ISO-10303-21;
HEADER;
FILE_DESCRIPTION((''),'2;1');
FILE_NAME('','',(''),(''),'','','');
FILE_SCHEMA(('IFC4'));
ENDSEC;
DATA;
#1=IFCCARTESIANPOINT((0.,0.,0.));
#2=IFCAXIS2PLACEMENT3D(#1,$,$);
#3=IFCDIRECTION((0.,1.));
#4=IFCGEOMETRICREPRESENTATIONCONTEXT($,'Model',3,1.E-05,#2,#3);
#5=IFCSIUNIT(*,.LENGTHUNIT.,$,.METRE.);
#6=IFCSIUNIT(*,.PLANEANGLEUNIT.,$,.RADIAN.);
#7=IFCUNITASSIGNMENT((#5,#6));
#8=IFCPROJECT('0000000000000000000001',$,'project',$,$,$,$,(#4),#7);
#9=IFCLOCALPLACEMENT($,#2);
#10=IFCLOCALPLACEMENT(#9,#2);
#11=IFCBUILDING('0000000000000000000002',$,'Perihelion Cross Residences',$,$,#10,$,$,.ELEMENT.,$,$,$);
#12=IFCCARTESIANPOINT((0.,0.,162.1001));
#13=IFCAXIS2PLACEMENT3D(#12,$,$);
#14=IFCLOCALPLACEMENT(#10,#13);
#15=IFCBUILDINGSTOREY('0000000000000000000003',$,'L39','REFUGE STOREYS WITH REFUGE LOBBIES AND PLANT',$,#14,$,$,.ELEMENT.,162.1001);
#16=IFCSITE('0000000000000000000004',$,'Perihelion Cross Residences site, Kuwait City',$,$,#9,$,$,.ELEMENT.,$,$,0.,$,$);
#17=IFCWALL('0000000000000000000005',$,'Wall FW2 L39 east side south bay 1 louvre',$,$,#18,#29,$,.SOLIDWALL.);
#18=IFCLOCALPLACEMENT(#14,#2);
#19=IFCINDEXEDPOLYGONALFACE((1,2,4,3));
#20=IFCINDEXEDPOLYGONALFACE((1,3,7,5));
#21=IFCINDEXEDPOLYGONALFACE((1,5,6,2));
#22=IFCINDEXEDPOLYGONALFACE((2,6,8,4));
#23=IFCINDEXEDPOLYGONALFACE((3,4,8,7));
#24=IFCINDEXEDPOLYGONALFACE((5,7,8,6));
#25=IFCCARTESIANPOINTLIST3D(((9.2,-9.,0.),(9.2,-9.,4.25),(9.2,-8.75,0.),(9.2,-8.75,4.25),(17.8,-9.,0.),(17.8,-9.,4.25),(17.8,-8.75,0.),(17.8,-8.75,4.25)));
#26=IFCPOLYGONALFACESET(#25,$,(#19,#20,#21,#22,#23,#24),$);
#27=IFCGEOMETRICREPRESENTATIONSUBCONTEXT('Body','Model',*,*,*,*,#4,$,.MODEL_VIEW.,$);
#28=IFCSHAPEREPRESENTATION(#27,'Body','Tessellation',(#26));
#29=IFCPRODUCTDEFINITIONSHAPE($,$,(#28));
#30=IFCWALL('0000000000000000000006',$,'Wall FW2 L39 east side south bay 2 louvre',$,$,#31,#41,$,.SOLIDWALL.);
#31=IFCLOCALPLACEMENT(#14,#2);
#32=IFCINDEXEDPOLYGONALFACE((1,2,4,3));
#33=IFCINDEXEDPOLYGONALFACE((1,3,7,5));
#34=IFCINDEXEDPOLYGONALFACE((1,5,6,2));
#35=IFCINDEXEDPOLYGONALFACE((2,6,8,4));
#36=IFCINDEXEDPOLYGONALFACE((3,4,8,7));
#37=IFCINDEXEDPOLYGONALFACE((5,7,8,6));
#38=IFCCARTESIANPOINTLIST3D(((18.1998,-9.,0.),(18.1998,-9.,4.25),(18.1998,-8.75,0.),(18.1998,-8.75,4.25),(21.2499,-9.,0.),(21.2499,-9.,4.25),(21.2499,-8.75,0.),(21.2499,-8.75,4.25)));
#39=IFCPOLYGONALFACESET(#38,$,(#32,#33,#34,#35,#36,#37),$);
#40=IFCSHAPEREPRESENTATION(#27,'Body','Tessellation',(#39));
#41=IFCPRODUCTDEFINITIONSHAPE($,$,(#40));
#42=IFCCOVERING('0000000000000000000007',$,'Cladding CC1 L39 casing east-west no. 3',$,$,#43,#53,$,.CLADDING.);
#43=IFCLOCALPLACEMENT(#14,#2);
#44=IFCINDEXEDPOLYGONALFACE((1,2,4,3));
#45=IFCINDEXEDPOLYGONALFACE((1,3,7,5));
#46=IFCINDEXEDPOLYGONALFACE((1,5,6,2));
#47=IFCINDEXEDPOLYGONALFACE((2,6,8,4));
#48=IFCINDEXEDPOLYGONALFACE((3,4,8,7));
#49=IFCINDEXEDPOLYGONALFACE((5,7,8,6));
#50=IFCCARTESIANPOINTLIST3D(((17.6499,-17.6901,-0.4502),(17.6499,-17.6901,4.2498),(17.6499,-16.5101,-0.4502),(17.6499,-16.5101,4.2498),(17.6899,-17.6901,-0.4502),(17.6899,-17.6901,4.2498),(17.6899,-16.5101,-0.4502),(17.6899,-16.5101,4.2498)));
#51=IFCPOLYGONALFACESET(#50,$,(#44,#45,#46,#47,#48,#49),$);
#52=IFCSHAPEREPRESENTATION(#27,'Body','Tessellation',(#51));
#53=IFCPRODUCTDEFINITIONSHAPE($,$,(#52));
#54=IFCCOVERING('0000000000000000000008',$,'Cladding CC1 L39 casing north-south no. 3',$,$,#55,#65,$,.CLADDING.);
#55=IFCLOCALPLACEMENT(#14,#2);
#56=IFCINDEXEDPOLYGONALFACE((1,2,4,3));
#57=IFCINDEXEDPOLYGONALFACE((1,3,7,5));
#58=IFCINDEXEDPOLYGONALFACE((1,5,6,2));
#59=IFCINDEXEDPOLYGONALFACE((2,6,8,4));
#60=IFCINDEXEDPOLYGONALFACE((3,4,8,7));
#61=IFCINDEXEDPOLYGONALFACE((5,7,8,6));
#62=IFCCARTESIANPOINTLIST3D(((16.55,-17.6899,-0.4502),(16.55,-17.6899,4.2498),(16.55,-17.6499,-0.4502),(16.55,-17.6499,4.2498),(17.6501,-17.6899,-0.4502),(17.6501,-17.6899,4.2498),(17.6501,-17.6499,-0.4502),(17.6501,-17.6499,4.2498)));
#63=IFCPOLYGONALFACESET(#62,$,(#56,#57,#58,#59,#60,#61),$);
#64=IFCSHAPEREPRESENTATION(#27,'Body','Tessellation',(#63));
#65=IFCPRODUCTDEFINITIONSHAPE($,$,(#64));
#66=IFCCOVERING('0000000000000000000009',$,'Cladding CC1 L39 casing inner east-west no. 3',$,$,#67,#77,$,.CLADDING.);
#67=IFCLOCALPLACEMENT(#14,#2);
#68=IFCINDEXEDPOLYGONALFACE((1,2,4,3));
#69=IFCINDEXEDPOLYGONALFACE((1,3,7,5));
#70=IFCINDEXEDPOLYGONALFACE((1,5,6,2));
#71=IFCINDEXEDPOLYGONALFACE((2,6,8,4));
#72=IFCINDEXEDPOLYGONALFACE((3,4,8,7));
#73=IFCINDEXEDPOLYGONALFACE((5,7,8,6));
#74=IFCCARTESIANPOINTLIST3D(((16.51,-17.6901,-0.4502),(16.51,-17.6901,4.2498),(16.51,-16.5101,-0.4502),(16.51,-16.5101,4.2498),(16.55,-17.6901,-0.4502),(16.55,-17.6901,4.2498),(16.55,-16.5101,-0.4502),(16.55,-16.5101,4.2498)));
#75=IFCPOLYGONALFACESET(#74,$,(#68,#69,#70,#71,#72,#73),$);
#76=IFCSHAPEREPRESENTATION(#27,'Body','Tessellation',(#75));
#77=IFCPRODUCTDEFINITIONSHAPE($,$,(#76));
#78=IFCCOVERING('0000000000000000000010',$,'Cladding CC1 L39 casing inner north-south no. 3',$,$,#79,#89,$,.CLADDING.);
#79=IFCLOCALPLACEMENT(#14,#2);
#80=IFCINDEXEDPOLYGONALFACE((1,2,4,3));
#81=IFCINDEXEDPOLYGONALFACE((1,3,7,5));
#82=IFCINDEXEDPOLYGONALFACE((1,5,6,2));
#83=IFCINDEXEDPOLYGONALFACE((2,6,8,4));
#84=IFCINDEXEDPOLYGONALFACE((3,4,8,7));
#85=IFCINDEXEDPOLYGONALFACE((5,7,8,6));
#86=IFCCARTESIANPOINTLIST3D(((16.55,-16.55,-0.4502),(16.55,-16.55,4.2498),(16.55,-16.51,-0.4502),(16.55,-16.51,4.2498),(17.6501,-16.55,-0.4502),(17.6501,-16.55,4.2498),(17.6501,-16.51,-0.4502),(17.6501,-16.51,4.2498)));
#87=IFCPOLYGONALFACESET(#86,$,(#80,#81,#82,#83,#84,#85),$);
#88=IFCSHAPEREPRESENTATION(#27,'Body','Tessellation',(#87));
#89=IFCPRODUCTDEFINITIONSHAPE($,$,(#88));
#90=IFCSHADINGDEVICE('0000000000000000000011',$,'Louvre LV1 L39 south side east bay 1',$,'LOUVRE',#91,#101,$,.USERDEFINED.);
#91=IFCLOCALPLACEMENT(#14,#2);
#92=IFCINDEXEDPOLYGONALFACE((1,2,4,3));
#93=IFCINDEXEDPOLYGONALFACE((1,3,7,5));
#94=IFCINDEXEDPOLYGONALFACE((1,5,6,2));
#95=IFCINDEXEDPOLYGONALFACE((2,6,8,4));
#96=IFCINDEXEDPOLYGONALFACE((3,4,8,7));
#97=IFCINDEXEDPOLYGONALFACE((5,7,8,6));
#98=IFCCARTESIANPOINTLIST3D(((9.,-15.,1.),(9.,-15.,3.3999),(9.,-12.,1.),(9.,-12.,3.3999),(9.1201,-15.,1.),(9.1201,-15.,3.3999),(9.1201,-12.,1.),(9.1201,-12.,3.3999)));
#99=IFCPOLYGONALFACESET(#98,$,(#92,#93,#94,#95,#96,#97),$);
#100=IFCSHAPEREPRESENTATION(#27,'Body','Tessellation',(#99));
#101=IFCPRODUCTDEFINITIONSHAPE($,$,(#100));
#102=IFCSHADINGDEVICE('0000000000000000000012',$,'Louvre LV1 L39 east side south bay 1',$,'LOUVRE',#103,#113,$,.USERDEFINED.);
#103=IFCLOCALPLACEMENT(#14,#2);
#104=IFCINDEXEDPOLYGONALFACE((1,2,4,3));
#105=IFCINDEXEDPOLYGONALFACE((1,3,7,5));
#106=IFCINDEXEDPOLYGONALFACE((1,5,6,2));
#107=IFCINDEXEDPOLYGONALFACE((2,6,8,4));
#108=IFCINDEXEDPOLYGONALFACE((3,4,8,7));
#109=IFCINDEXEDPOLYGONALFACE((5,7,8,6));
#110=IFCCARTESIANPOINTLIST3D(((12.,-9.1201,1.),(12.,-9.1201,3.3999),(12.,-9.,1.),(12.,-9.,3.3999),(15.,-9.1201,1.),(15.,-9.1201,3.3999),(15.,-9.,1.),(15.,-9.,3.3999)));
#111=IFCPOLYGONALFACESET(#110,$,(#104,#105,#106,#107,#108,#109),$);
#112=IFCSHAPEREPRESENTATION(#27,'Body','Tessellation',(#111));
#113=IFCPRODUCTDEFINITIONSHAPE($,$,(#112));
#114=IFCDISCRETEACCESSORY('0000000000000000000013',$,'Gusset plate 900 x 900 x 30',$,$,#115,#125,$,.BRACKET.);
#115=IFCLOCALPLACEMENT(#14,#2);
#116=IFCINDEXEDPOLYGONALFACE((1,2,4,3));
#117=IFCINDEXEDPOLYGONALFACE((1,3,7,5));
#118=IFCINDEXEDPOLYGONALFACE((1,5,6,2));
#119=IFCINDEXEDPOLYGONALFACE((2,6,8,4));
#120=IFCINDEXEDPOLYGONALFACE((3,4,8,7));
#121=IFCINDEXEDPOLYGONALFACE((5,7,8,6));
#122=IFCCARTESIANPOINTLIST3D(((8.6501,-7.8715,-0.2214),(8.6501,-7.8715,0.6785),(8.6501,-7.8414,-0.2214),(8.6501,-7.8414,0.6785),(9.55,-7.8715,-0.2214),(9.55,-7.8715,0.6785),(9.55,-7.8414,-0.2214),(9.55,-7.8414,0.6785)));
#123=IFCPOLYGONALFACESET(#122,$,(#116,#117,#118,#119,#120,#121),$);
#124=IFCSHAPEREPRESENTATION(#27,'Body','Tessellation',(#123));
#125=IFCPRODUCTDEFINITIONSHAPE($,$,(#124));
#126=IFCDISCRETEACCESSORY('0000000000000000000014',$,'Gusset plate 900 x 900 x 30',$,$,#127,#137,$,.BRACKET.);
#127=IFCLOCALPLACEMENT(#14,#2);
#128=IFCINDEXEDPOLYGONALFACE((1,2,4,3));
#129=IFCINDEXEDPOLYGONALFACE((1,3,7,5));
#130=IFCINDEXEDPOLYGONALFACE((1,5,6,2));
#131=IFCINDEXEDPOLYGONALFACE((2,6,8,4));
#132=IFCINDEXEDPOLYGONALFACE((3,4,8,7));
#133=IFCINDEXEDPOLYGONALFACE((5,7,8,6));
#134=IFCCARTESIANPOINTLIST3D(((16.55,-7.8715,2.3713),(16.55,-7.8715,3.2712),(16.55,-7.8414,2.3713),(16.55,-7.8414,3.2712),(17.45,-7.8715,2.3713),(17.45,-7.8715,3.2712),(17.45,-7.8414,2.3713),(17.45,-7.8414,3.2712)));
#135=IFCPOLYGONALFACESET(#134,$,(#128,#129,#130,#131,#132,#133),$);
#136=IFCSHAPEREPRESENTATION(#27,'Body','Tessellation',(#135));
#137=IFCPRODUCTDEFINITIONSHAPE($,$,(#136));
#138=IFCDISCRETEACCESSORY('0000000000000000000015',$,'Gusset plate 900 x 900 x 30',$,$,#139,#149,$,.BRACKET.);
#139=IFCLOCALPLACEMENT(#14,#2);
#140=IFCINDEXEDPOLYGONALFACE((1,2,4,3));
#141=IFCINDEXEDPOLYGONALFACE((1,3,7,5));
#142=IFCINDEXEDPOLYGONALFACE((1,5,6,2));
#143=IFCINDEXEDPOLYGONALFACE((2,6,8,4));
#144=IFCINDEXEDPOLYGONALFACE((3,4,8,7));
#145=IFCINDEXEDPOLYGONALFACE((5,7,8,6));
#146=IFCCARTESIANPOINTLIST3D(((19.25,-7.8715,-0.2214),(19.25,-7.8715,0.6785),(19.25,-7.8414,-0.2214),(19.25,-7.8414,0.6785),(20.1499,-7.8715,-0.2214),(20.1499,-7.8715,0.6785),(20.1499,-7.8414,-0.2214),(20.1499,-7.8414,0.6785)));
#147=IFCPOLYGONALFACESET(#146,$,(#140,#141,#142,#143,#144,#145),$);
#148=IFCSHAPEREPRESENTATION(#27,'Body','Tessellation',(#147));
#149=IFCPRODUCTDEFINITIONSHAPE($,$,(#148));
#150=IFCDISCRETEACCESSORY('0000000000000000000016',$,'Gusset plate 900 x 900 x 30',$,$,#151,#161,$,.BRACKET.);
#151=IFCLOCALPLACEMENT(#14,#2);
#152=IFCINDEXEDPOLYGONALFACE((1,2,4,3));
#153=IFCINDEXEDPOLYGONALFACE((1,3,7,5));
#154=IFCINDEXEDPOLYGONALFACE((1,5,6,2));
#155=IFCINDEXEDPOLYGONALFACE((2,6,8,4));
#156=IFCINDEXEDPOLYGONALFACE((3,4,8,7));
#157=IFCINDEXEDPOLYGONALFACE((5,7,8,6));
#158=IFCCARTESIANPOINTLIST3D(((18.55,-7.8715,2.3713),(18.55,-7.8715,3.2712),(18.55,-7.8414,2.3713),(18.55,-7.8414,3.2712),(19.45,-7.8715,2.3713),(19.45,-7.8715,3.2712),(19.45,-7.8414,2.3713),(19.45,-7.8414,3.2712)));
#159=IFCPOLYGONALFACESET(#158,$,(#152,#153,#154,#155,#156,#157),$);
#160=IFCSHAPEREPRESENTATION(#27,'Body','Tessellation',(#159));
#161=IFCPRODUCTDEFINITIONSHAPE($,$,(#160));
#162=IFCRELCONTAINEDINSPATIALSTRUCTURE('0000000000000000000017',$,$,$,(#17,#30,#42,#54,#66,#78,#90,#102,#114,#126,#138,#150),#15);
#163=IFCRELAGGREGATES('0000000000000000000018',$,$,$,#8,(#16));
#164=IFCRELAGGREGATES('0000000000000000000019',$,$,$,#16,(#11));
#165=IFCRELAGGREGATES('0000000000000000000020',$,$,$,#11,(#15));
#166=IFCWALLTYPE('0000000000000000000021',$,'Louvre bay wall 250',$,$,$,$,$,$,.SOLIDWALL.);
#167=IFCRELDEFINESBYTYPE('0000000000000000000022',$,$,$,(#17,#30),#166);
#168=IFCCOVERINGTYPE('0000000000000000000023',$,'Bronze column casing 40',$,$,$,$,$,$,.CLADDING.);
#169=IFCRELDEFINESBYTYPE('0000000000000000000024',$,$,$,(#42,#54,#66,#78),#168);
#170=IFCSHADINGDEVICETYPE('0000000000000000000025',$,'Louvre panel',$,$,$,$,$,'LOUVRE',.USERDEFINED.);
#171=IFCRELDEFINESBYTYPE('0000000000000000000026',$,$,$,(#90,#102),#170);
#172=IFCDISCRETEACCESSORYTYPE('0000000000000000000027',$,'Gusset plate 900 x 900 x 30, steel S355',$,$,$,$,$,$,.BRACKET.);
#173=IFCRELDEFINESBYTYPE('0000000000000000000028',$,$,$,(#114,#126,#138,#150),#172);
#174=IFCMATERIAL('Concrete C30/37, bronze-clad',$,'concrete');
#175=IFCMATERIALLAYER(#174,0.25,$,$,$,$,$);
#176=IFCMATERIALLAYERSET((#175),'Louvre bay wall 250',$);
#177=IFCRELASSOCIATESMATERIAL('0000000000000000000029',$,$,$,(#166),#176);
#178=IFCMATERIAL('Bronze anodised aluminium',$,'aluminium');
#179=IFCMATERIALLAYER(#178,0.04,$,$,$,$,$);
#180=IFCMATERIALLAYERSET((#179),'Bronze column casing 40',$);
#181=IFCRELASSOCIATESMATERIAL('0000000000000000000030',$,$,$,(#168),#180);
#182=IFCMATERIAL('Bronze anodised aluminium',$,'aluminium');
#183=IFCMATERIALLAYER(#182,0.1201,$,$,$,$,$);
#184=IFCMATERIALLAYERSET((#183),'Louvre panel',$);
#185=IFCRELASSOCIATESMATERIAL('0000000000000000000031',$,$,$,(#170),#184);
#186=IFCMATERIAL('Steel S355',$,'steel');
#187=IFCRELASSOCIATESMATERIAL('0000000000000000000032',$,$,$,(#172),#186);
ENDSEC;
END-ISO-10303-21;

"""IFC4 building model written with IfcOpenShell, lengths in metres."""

from ifc_helpers import new_model, si_unit, direction, frame, frame_2d, origin, origin_2d, place, context, subcontext, project, spatial, rectangle, extrude, material, layer, layer_set, type_object, element, save


model = new_model("IFC4")

# Units and contexts
model_context = context("Model", 3, precision=1e-05, world=origin(), true_north=direction((0.0, 1.0)))
body_context = subcontext(model_context, "Body", "Model", "MODEL_VIEW")
ifc_project = project(units=[si_unit("LENGTHUNIT", "METRE"), si_unit("PLANEANGLEUNIT", "RADIAN")], contexts=[model_context])

# Site, building, storey
site_placement = place(None, origin())
site = spatial("IfcSite", under=ifc_project, at=site_placement, Name="Perihelion Cross Residences site, Kuwait City", CompositionType="ELEMENT", RefElevation=0.0)
building_placement = place(site_placement, origin())
building = spatial("IfcBuilding", under=site, at=building_placement, Name="Perihelion Cross Residences", CompositionType="ELEMENT")
storey_placement = place(building_placement, frame((0.0, 0.0, 162.1001)))
storey = spatial("IfcBuildingStorey", under=building, at=storey_placement, Name="L39", Description="REFUGE STOREYS WITH REFUGE LOBBIES AND PLANT", CompositionType="ELEMENT", Elevation=162.1001)

# Walls
ifc_material_1 = material(Name="Concrete C30/37, bronze-clad", Category="concrete")
ifc_layer_1 = layer(ifc_material_1, 0.25)
ifc_layer_set_1 = layer_set([ifc_layer_1], Name="Louvre bay wall 250")
wall_type_1 = type_object("IfcWallType", Name="Louvre bay wall 250", PredefinedType="SOLIDWALL", material=ifc_layer_set_1)
wall_1_placement = place(storey_placement, frame((9.2, -8.875, 0.0), z_axis=(0.0, 0.0, 1.0), x_axis=(1.0, 0.0, 0.0)))
element("IfcWall", 1, at=wall_1_placement, inside=storey, type_object=wall_type_1, Name="Wall FW2 L39 east side south bay 1 louvre", PredefinedType="SOLIDWALL", context=body_context, shape_type="SweptSolid", body=[
    extrude(rectangle(XDim=8.6001, YDim=0.25, at=frame_2d((4.3, 0.0))), origin(), (0.0, 0.0, 1.0), 4.25),
])
wall_2_placement = place(storey_placement, frame((18.2, -8.875, 0.0), z_axis=(0.0, 0.0, 1.0), x_axis=(1.0, 0.0, 0.0)))
element("IfcWall", 2, at=wall_2_placement, inside=storey, type_object=wall_type_1, Name="Wall FW2 L39 east side south bay 2 louvre", PredefinedType="SOLIDWALL", context=body_context, shape_type="SweptSolid", body=[
    extrude(rectangle(XDim=3.05, YDim=0.25, at=frame_2d((1.5249, 0.0))), origin(), (0.0, 0.0, 1.0), 4.25),
])

# Coverings
ifc_material_2 = material(Name="Bronze anodised aluminium", Category="aluminium")
ifc_layer_2 = layer(ifc_material_2, 0.04)
ifc_layer_set_2 = layer_set([ifc_layer_2], Name="Bronze column casing 40")
covering_type = type_object("IfcCoveringType", Name="Bronze column casing 40", PredefinedType="CLADDING", material=ifc_layer_set_2)
covering_1_placement = place(storey_placement, frame((17.6699, -17.1001, -0.4502), z_axis=(0.0, 0.0, 1.0), x_axis=(1.0, 0.0, 0.0)))
element("IfcCovering", 3, at=covering_1_placement, inside=storey, type_object=covering_type, Name="Cladding CC1 L39 casing east-west no. 3", PredefinedType="CLADDING", context=body_context, shape_type="SweptSolid", body=[
    extrude(rectangle(XDim=0.04, YDim=1.1799, at=origin_2d()), origin(), (0.0, 0.0, 1.0), 4.7),
])
covering_2_placement = place(storey_placement, frame((17.1001, -17.6699, -0.4502), z_axis=(0.0, 0.0, 1.0), x_axis=(1.0, 0.0, 0.0)))
element("IfcCovering", 4, at=covering_2_placement, inside=storey, type_object=covering_type, Name="Cladding CC1 L39 casing north-south no. 3", PredefinedType="CLADDING", context=body_context, shape_type="SweptSolid", body=[
    extrude(rectangle(XDim=1.1001, YDim=0.04, at=origin_2d()), origin(), (0.0, 0.0, 1.0), 4.7),
])
covering_3_placement = place(storey_placement, frame((16.53, -17.1001, -0.4502), z_axis=(0.0, 0.0, 1.0), x_axis=(1.0, 0.0, 0.0)))
element("IfcCovering", 5, at=covering_3_placement, inside=storey, type_object=covering_type, Name="Cladding CC1 L39 casing inner east-west no. 3", PredefinedType="CLADDING", context=body_context, shape_type="SweptSolid", body=[
    extrude(rectangle(XDim=0.04, YDim=1.1799, at=origin_2d()), origin(), (0.0, 0.0, 1.0), 4.7),
])
covering_4_placement = place(storey_placement, frame((17.1001, -16.53, -0.4502), z_axis=(0.0, 0.0, 1.0), x_axis=(1.0, 0.0, 0.0)))
element("IfcCovering", 6, at=covering_4_placement, inside=storey, type_object=covering_type, Name="Cladding CC1 L39 casing inner north-south no. 3", PredefinedType="CLADDING", context=body_context, shape_type="SweptSolid", body=[
    extrude(rectangle(XDim=1.1001, YDim=0.04, at=origin_2d()), origin(), (0.0, 0.0, 1.0), 4.7),
])

# Shading devices
ifc_material_3 = material(Name="Bronze anodised aluminium", Category="aluminium")
ifc_layer_3 = layer(ifc_material_3, 0.1201)
ifc_layer_set_3 = layer_set([ifc_layer_3], Name="Louvre panel")
shading_device_type = type_object("IfcShadingDeviceType", Name="Louvre panel", ElementType="LOUVRE", PredefinedType="USERDEFINED", material=ifc_layer_set_3)
for number, where, z_axis, x_axis, name in (
    (7, (9.0601, -13.5, 1.0), (0.0, 0.0, 1.0), (0.0, 1.0, 0.0), "Louvre LV1 L39 south side east bay 1"),
    (8, (13.5, -9.0601, 1.0), (0.0, 0.0, 1.0), (1.0, 0.0, 0.0), "Louvre LV1 L39 east side south bay 1"),
):
    element("IfcShadingDevice", number, at=place(storey_placement, frame(where, z_axis=z_axis, x_axis=x_axis)), inside=storey, type_object=shading_device_type, Name=name, ObjectType="LOUVRE", PredefinedType="USERDEFINED", context=body_context, shape_type="SweptSolid", body=[
        extrude(rectangle(XDim=3.0, YDim=0.1201, at=origin_2d()), origin(), (0.0, 0.0, 1.0), 2.3999),
    ])

# Discrete accessories
ifc_material_4 = material(Name="Steel S355", Category="steel")
discrete_accessory_type = type_object("IfcDiscreteAccessoryType", Name="Gusset plate 900 x 900 x 30, steel S355", PredefinedType="BRACKET", material=ifc_material_4)
for number, where, z_axis, x_axis, name in (
    (9, (9.1001, -7.8564, -0.2214), (0.0, 0.0, 1.0), (1.0, 0.0, 0.0), "Gusset plate 900 x 900 x 30"),
    (10, (17.0, -7.8564, 2.3713), (0.0, 0.0, 1.0), (-1.0, 0.0, 0.0), "Gusset plate 900 x 900 x 30"),
    (11, (19.7, -7.8564, -0.2214), (0.0, 0.0, 1.0), (-1.0, 0.0, 0.0), "Gusset plate 900 x 900 x 30"),
    (12, (19.0, -7.8564, 2.3713), (0.0, 0.0, 1.0), (1.0, 0.0, 0.0), "Gusset plate 900 x 900 x 30"),
):
    element("IfcDiscreteAccessory", number, at=place(storey_placement, frame(where, z_axis=z_axis, x_axis=x_axis)), inside=storey, type_object=discrete_accessory_type, Name=name, PredefinedType="BRACKET", context=body_context, shape_type="SweptSolid", body=[
        extrude(rectangle(XDim=0.8999, YDim=0.03, at=origin_2d()), origin(), (0.0, 0.0, 1.0), 0.8999),
    ])

save(model, "model.ifc")
